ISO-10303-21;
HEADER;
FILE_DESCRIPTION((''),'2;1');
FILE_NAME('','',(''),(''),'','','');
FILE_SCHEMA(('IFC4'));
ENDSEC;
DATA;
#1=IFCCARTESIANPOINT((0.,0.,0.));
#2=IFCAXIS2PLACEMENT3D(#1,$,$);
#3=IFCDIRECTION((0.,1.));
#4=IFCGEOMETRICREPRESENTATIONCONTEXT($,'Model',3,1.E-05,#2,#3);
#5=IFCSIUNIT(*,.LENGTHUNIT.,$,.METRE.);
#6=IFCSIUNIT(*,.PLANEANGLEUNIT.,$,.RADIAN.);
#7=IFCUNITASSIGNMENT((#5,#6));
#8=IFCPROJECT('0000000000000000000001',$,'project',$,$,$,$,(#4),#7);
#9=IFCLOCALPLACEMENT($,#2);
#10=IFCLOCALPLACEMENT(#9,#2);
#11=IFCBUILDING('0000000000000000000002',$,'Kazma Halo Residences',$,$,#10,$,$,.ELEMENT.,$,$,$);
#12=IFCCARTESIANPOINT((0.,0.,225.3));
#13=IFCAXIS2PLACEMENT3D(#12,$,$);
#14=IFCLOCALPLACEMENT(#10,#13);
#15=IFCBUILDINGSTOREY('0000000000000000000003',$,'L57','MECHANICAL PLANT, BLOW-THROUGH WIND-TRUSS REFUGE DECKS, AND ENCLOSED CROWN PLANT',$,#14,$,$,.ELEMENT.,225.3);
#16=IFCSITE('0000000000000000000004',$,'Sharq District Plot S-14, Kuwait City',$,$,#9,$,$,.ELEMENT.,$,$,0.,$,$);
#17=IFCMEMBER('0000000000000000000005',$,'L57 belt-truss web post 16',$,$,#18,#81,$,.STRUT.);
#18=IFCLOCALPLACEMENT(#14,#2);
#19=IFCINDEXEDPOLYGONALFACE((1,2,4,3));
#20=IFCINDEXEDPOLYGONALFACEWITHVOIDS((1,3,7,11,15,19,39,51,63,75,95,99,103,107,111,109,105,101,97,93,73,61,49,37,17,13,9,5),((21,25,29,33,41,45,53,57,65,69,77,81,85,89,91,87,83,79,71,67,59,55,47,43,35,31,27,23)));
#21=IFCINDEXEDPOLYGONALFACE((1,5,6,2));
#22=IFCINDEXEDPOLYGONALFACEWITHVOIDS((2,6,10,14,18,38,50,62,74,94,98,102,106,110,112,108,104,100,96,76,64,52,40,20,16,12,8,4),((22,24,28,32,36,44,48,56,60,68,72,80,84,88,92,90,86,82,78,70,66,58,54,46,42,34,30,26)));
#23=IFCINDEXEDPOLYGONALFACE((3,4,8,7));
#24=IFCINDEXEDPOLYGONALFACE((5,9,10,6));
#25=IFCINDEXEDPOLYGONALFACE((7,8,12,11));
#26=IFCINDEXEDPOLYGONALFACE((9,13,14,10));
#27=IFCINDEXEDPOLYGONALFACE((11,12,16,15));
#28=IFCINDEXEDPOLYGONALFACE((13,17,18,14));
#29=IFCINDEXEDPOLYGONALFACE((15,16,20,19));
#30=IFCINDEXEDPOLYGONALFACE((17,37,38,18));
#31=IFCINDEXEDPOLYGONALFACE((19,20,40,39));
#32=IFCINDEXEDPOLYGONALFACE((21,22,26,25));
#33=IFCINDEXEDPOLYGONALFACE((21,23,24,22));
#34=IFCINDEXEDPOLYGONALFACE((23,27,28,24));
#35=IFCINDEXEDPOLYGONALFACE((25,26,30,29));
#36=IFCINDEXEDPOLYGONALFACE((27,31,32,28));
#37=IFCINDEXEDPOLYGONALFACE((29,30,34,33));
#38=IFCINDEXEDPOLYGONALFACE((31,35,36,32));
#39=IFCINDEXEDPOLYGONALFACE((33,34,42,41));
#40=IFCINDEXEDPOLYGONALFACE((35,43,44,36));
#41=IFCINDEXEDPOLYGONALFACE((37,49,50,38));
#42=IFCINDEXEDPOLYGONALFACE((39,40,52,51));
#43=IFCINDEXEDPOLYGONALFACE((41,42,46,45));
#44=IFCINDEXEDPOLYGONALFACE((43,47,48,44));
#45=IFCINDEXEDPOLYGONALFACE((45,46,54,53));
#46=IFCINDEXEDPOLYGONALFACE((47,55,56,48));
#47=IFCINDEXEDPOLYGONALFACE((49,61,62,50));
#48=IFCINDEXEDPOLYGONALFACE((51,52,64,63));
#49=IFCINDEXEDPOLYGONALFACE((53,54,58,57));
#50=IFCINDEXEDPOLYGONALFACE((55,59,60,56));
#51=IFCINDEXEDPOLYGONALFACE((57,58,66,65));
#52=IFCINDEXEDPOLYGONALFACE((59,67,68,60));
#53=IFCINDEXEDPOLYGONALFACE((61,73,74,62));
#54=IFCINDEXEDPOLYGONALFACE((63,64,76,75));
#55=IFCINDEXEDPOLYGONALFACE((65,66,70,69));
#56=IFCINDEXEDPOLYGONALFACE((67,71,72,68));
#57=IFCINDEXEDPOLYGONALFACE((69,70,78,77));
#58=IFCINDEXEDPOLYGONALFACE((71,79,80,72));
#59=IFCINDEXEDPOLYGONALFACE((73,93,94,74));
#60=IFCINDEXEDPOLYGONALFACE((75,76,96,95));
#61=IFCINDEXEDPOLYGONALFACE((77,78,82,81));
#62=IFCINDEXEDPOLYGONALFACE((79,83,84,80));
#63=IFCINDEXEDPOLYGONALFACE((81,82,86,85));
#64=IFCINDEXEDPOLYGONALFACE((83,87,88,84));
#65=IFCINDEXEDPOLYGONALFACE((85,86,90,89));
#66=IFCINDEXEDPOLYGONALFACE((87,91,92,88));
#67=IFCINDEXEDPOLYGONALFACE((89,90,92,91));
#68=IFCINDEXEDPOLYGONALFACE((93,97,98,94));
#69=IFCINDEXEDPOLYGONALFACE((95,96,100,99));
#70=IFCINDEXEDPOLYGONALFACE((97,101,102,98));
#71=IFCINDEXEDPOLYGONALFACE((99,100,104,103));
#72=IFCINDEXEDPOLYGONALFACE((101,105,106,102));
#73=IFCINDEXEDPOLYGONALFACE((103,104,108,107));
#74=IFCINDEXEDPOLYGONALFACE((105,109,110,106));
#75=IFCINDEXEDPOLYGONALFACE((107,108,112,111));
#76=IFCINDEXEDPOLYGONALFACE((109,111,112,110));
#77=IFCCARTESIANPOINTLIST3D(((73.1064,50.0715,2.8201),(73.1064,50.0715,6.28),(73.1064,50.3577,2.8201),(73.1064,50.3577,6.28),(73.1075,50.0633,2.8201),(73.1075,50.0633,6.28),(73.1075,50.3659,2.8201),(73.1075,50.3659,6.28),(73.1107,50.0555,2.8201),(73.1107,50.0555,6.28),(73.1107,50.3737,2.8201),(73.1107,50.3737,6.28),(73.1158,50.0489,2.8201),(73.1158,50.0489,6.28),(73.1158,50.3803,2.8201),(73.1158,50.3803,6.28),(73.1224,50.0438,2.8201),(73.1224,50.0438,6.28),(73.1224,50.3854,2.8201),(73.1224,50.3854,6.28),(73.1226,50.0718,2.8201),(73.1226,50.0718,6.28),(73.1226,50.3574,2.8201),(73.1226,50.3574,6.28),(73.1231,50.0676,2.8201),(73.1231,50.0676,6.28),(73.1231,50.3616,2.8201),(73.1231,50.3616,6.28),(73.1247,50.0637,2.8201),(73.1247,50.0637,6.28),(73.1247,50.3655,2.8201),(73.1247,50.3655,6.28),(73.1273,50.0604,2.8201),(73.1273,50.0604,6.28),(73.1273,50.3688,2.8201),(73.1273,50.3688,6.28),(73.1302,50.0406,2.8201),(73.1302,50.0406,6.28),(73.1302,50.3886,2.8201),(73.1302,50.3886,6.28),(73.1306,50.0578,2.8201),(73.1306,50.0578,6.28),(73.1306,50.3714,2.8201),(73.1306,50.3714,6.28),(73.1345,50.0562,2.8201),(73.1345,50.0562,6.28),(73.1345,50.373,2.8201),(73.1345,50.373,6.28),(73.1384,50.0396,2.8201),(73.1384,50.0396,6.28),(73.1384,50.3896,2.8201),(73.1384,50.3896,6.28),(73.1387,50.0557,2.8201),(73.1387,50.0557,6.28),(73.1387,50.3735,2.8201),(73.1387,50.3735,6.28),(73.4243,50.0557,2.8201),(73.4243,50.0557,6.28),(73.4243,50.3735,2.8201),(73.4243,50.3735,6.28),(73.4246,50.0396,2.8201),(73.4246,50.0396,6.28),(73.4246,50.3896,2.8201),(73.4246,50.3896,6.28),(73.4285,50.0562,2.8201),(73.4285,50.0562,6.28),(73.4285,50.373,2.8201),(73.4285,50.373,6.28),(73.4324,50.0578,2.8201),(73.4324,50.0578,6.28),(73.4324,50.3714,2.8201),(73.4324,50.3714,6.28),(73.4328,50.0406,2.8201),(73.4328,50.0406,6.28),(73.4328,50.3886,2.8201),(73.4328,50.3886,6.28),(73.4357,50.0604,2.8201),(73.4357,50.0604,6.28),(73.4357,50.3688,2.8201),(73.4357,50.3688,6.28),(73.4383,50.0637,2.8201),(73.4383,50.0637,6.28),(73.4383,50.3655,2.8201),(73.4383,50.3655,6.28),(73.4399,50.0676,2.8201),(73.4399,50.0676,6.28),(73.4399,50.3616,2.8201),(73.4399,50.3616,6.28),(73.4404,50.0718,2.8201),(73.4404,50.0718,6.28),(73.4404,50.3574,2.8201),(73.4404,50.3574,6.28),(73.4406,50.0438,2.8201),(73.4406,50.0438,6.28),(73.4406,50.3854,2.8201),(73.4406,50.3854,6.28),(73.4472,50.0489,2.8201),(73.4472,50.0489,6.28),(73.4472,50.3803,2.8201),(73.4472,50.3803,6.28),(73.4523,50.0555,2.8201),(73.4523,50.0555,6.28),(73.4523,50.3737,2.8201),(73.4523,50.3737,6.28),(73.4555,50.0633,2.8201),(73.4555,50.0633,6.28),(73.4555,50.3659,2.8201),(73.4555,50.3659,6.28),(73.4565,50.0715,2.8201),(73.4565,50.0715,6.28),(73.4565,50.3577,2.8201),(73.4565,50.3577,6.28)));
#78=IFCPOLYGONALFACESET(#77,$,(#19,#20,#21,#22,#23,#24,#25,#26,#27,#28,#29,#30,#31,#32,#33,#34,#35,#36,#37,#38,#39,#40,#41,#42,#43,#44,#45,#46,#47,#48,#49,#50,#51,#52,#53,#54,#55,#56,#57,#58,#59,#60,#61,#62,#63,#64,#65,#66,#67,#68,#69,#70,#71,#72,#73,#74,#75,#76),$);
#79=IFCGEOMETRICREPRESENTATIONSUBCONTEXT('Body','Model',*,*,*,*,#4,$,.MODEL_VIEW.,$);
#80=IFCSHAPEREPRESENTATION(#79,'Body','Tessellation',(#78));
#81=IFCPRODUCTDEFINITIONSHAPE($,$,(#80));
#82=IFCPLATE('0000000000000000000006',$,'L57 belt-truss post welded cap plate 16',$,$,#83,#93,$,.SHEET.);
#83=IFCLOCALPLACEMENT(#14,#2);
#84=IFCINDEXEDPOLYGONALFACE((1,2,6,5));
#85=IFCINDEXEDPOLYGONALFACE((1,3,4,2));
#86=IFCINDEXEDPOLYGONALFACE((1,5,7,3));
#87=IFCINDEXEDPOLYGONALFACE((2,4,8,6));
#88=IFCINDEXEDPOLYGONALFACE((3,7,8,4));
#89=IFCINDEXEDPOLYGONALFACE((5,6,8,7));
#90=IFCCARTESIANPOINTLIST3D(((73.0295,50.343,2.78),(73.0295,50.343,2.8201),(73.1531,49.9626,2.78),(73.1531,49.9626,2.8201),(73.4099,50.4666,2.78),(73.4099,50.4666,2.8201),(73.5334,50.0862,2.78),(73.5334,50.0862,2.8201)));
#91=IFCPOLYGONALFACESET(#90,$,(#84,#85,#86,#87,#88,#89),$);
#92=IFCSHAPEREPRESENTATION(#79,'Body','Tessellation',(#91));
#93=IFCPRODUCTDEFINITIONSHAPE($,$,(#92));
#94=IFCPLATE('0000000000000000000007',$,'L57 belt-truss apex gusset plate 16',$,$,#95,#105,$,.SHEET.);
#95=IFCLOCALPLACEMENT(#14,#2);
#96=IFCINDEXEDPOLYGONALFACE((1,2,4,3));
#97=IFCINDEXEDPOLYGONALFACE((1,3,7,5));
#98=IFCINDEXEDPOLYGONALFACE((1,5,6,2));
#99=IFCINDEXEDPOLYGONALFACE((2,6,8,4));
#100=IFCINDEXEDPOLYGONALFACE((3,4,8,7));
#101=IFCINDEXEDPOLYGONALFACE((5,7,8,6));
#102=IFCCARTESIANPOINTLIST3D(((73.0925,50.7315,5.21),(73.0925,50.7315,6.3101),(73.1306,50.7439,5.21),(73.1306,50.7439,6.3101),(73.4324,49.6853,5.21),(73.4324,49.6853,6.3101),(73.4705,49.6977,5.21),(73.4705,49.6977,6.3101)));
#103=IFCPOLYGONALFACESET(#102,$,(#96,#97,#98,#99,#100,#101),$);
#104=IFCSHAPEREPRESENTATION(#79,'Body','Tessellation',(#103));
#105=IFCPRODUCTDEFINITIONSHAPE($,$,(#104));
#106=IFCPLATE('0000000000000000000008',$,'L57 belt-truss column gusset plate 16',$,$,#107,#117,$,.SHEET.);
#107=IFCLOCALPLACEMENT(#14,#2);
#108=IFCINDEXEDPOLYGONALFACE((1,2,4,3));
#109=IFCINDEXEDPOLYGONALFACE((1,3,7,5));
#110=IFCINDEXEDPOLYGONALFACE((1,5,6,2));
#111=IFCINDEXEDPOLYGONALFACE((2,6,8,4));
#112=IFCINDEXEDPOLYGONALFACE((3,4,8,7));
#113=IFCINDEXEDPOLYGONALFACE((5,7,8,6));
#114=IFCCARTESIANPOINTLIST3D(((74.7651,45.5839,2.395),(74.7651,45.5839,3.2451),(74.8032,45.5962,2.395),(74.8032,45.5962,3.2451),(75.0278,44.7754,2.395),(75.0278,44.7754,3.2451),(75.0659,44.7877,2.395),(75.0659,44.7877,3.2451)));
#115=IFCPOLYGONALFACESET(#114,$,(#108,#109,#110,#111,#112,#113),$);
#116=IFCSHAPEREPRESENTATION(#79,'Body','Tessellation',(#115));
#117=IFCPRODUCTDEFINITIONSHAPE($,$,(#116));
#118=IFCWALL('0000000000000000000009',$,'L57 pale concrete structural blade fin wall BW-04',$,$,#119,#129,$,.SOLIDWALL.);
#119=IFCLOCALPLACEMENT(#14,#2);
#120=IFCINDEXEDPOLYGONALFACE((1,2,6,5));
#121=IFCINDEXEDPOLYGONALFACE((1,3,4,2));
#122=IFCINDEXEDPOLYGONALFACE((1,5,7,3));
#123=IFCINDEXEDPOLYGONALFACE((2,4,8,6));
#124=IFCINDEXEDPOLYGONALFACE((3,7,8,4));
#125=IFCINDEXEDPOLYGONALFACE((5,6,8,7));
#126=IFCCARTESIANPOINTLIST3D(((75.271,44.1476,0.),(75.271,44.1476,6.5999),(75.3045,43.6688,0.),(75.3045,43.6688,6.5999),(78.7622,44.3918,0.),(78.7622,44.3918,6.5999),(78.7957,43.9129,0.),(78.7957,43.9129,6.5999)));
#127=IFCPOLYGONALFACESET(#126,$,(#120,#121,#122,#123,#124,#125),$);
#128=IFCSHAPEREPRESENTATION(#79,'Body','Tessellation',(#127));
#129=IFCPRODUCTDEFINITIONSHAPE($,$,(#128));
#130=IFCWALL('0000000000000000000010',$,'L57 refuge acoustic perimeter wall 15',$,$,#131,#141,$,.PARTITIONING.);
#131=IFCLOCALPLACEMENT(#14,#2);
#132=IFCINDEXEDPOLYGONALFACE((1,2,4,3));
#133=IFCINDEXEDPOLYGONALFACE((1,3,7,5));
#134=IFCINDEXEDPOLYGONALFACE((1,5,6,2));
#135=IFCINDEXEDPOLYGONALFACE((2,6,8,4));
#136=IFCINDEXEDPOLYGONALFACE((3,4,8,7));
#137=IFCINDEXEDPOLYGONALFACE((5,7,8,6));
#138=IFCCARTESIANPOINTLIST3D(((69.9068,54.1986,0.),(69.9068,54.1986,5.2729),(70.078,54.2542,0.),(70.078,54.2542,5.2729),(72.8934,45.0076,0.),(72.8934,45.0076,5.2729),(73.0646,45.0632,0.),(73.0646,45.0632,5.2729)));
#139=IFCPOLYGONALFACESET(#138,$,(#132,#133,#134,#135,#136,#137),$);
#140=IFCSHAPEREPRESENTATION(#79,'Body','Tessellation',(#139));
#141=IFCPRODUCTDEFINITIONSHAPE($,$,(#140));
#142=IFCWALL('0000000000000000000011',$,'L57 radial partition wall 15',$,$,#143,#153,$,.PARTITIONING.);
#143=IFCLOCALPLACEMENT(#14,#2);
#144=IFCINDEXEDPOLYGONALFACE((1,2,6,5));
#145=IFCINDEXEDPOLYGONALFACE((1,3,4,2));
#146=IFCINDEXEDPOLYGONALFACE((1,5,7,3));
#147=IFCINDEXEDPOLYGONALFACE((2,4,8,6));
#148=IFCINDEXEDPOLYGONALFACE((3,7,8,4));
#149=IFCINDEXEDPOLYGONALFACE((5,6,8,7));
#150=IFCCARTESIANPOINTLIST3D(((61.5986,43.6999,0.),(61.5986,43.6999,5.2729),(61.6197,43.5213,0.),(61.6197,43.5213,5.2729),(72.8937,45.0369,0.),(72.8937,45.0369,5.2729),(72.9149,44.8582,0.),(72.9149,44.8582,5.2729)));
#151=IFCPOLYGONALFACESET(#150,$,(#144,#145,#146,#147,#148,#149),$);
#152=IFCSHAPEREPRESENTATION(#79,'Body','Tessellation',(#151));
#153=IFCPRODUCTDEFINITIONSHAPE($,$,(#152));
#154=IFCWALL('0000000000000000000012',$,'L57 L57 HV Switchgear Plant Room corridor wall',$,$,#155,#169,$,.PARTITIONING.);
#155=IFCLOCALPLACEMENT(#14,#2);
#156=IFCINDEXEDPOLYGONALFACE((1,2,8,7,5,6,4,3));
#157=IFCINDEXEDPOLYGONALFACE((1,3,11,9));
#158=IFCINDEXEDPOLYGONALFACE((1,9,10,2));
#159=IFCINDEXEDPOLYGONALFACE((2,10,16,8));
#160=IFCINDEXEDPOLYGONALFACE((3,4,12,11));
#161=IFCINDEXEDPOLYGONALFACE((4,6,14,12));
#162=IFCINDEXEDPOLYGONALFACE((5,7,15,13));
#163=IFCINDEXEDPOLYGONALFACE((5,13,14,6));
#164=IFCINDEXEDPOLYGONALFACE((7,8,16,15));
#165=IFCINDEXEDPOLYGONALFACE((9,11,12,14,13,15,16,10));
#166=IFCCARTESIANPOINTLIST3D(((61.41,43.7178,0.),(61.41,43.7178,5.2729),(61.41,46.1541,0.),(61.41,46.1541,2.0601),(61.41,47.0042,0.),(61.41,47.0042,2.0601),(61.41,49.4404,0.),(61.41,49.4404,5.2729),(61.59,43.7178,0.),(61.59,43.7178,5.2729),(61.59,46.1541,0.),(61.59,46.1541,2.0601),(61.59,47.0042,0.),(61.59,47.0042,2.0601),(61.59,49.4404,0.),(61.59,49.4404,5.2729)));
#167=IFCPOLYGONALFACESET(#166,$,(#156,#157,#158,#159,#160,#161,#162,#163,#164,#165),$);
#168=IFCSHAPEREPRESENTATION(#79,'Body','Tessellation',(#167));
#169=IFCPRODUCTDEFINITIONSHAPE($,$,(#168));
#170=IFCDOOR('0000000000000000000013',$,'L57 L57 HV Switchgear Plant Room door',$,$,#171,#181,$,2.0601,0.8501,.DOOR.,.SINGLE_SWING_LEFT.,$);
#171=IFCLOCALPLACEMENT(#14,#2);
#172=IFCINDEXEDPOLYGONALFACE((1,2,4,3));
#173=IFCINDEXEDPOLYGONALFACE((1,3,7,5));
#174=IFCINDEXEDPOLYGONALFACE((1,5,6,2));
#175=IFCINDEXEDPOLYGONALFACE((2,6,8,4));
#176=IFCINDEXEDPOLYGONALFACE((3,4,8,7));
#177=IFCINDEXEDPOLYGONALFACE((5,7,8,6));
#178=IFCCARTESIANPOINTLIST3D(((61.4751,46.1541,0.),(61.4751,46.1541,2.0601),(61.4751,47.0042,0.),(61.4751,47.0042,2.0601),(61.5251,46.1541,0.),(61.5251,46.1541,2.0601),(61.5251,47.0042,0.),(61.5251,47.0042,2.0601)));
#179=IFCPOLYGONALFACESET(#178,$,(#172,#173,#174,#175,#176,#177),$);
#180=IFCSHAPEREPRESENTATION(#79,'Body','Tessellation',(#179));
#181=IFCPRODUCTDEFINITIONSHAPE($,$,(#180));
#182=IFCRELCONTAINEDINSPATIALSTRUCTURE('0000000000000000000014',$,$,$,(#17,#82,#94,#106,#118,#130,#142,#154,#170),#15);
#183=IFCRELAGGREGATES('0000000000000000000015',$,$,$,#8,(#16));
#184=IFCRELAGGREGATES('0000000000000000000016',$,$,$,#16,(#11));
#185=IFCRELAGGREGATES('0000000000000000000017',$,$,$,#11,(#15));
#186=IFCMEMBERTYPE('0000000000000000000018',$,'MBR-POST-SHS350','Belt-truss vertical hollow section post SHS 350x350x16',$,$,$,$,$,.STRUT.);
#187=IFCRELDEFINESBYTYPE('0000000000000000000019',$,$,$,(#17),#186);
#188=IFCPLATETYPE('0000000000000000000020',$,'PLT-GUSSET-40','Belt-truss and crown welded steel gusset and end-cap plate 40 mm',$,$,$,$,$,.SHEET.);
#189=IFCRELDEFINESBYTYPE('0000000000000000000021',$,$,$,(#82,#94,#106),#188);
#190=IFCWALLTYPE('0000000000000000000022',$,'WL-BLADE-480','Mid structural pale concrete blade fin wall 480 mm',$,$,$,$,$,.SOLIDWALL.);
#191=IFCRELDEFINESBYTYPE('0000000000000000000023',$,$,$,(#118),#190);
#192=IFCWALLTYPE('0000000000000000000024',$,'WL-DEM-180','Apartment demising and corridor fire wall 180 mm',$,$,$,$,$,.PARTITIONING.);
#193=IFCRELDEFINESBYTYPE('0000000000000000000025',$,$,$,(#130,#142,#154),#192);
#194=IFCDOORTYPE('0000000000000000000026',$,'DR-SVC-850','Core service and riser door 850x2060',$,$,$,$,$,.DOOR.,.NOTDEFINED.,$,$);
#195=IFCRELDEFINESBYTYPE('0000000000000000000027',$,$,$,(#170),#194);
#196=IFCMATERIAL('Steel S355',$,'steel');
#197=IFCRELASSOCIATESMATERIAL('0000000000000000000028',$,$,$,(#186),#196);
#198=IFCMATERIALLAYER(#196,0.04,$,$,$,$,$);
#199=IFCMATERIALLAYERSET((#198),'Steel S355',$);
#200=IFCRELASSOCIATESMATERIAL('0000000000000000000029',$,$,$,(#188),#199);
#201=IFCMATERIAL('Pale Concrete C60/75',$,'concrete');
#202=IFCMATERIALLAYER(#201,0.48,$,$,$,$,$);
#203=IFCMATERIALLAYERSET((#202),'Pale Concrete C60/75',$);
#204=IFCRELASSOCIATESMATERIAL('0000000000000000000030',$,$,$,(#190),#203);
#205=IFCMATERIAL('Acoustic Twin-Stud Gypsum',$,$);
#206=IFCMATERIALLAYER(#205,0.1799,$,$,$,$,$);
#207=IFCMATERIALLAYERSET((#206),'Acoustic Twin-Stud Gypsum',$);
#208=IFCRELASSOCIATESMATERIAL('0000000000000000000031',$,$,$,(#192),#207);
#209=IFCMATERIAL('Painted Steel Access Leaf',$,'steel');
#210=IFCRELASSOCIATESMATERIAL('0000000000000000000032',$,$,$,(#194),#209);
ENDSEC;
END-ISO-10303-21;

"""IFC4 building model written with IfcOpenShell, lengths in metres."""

from ifc_helpers import new_model, si_unit, direction, frame, frame_2d, origin, origin_2d, place, context, subcontext, project, spatial, rectangle, hollow_rectangle, extrude, material, layer, layer_set, material_profile, profile_set, type_object, element, fill, save


model = new_model("IFC4")

# Units and contexts
model_context = context("Model", 3, precision=1e-05, world=origin(), true_north=direction((0.0, 1.0)))
body_context = subcontext(model_context, "Body", "Model", "MODEL_VIEW")
ifc_project = project(units=[si_unit("LENGTHUNIT", "METRE"), si_unit("PLANEANGLEUNIT", "RADIAN")], contexts=[model_context])

# Site, building, storey
site_placement = place(None, origin())
site = spatial("IfcSite", under=ifc_project, at=site_placement, Name="Sharq District Plot S-14, Kuwait City", CompositionType="ELEMENT", RefElevation=0.0)
building_placement = place(site_placement, origin())
building = spatial("IfcBuilding", under=site, at=building_placement, Name="Kazma Halo Residences", CompositionType="ELEMENT")
storey_placement = place(building_placement, frame((0.0, 0.0, 225.3)))
storey = spatial("IfcBuildingStorey", under=building, at=storey_placement, Name="L57", Description="MECHANICAL PLANT, BLOW-THROUGH WIND-TRUSS REFUGE DECKS, AND ENCLOSED CROWN PLANT", CompositionType="ELEMENT", Elevation=225.3)

# Shared definitions
ifc_material_1 = material(Name="Steel S355", Category="steel")

# Member
ifc_material_profile_1 = material_profile(ifc_material_1, hollow_rectangle(XDim=0.3501, YDim=0.3501, WallThickness=0.0161, InnerFilletRadius=0.0161, OuterFilletRadius=0.032, at=origin_2d()), Name="SHS350x350x16")
ifc_profile_set_1 = profile_set([ifc_material_profile_1], Name="Steel S355")
member_type_1 = type_object("IfcMemberType", Name="MBR-POST-SHS350", Description="Belt-truss vertical hollow section post SHS 350x350x16", PredefinedType="STRUT", material=ifc_profile_set_1)
member_1_placement = place(storey_placement, frame((73.2815, 50.2146, 2.8201), z_axis=(0.0, 0.0, 1.0), x_axis=(1.0, 0.0, 0.0)))
element("IfcMember", 1, at=member_1_placement, inside=storey, type_object=member_type_1, Name="L57 belt-truss web post 16", PredefinedType="STRUT", context=body_context, shape_type="SweptSolid", body=[
    extrude(hollow_rectangle(XDim=0.3501, YDim=0.3501, WallThickness=0.0161, InnerFilletRadius=0.0161, OuterFilletRadius=0.032, at=origin_2d()), origin(), (0.0, 0.0, 1.0), 3.46),
])

# Plates
ifc_layer_1 = layer(ifc_material_1, 0.04)
ifc_layer_set_1 = layer_set([ifc_layer_1], Name="Steel S355")
plate_type = type_object("IfcPlateType", Name="PLT-GUSSET-40", Description="Belt-truss and crown welded steel gusset and end-cap plate 40 mm", PredefinedType="SHEET", material=ifc_layer_set_1)
plate_1_placement = place(storey_placement, frame((73.2815, 50.2146, 2.78), z_axis=(0.0, 0.0, 1.0), x_axis=(-0.309016, 0.951057, 0.0)))
element("IfcPlate", 2, at=plate_1_placement, inside=storey, type_object=plate_type, Name="L57 belt-truss post welded cap plate 16", PredefinedType="SHEET", context=body_context, shape_type="SweptSolid", body=[
    extrude(rectangle(XDim=0.3999, YDim=0.3999, at=origin_2d()), origin(), (0.0, 0.0, 1.0), 0.04),
])
plate_2_placement = place(storey_placement, frame((73.2815, 50.2146, 5.21), z_axis=(0.0, 0.0, 1.0), x_axis=(-0.309016, 0.951057, 0.0)))
element("IfcPlate", 3, at=plate_2_placement, inside=storey, type_object=plate_type, Name="L57 belt-truss apex gusset plate 16", PredefinedType="SHEET", context=body_context, shape_type="SweptSolid", body=[
    extrude(rectangle(XDim=1.1001, YDim=0.04, at=origin_2d()), origin(), (0.0, 0.0, 1.0), 1.1001),
])
plate_3_placement = place(storey_placement, frame((74.9155, 45.1858, 2.395), z_axis=(0.0, 0.0, 1.0), x_axis=(-0.309016, 0.951057, 0.0)))
element("IfcPlate", 4, at=plate_3_placement, inside=storey, type_object=plate_type, Name="L57 belt-truss column gusset plate 16", PredefinedType="SHEET", context=body_context, shape_type="SweptSolid", body=[
    extrude(rectangle(XDim=0.8501, YDim=0.04, at=origin_2d()), origin(), (0.0, 0.0, 1.0), 0.8501),
])

# Walls
ifc_material_2 = material(Name="Pale Concrete C60/75", Category="concrete")
ifc_layer_2 = layer(ifc_material_2, 0.48)
ifc_layer_set_2 = layer_set([ifc_layer_2], Name="Pale Concrete C60/75")
wall_type_1 = type_object("IfcWallType", Name="WL-BLADE-480", Description="Mid structural pale concrete blade fin wall 480 mm", PredefinedType="SOLIDWALL", material=ifc_layer_set_2)
wall_1_placement = place(storey_placement, frame((75.2876, 43.9082, 0.0), z_axis=(0.0, 0.0, 1.0), x_axis=(0.997564, 0.06976, 0.0)))
element("IfcWall", 5, at=wall_1_placement, inside=storey, type_object=wall_type_1, Name="L57 pale concrete structural blade fin wall BW-04", PredefinedType="SOLIDWALL", context=body_context, shape_type="SweptSolid", body=[
    extrude(rectangle(XDim=3.4998, YDim=0.48, at=frame_2d((1.75, 0.0))), origin(), (0.0, 0.0, 1.0), 6.5999),
])
ifc_material_3 = material(Name="Acoustic Twin-Stud Gypsum")
ifc_layer_3 = layer(ifc_material_3, 0.1799)
ifc_layer_set_3 = layer_set([ifc_layer_3], Name="Acoustic Twin-Stud Gypsum")
wall_type_2 = type_object("IfcWallType", Name="WL-DEM-180", Description="Apartment demising and corridor fire wall 180 mm", PredefinedType="PARTITIONING", material=ifc_layer_set_3)
wall_2_placement = place(storey_placement, frame((72.979, 45.0354, 0.0), z_axis=(0.0, 0.0, 1.0), x_axis=(-0.309042, 0.951049, 0.0)))
element("IfcWall", 6, at=wall_2_placement, inside=storey, type_object=wall_type_2, Name="L57 refuge acoustic perimeter wall 15", PredefinedType="PARTITIONING", context=body_context, shape_type="SweptSolid", body=[
    extrude(rectangle(XDim=9.6641, YDim=0.1799, at=frame_2d((4.832, 0.0))), origin(), (0.0, 0.0, 1.0), 5.2729),
])
wall_3_placement = place(storey_placement, frame((61.6091, 43.6106, 0.0), z_axis=(0.0, 0.0, 1.0), x_axis=(0.993068, 0.117541, 0.0)))
element("IfcWall", 7, at=wall_3_placement, inside=storey, type_object=wall_type_2, Name="L57 radial partition wall 15", PredefinedType="PARTITIONING", context=body_context, shape_type="SweptSolid", body=[
    extrude(rectangle(XDim=11.374, YDim=0.1799, at=frame_2d((5.687, 0.0))), origin(), (0.0, 0.0, 1.0), 5.2729),
])

# Wall, opening, door
wall_4_placement = place(storey_placement, frame((61.5, 43.7178, 0.0), z_axis=(0.0, 0.0, 1.0), x_axis=(0.0, 1.0, 0.0)))
wall_4 = element("IfcWall", 8, at=wall_4_placement, inside=storey, type_object=wall_type_2, Name="L57 L57 HV Switchgear Plant Room corridor wall", PredefinedType="PARTITIONING", context=body_context, shape_type="SweptSolid", body=[
    extrude(rectangle(XDim=5.7227, YDim=0.1799, at=frame_2d((2.8613, 0.0))), origin(), (0.0, 0.0, 1.0), 5.2729),
])
opening_1_placement = place(wall_4_placement, frame((2.4363, 0.0, 0.0)))
opening_1 = element("IfcOpeningElement", 9, at=opening_1_placement, cuts=wall_4, PredefinedType="OPENING", context=body_context, shape_type="SweptSolid", body=[
    extrude(rectangle(XDim=0.8501, YDim=2.0601, at=frame_2d((0.425, 1.03))), frame((0.0, 0.0999, 0.0), z_axis=(0.0, -1.0, 0.0), x_axis=(1.0, 0.0, 0.0)), (0.0, 0.0, 1.0), 0.2),
])
ifc_material_4 = material(Name="Painted Steel Access Leaf", Category="steel")
door_type_1 = type_object("IfcDoorType", Name="DR-SVC-850", Description="Core service and riser door 850x2060", OperationType="NOTDEFINED", PredefinedType="DOOR", material=ifc_material_4)
door_1_placement = place(opening_1_placement, origin())
door_1 = element("IfcDoor", 10, at=door_1_placement, inside=storey, type_object=door_type_1, Name="L57 L57 HV Switchgear Plant Room door", OperationType="SINGLE_SWING_LEFT", OverallHeight=2.0601, OverallWidth=0.8501, PredefinedType="DOOR", context=body_context, shape_type="SweptSolid", body=[
    extrude(rectangle(XDim=0.8501, YDim=2.0601, at=frame_2d((0.425, 1.03))), frame((0.0, 0.0249, 0.0), z_axis=(0.0, -1.0, 0.0), x_axis=(1.0, 0.0, 0.0)), (0.0, 0.0, 1.0), 0.05),
])
fill(opening_1, door_1)

save(model, "model.ifc")
